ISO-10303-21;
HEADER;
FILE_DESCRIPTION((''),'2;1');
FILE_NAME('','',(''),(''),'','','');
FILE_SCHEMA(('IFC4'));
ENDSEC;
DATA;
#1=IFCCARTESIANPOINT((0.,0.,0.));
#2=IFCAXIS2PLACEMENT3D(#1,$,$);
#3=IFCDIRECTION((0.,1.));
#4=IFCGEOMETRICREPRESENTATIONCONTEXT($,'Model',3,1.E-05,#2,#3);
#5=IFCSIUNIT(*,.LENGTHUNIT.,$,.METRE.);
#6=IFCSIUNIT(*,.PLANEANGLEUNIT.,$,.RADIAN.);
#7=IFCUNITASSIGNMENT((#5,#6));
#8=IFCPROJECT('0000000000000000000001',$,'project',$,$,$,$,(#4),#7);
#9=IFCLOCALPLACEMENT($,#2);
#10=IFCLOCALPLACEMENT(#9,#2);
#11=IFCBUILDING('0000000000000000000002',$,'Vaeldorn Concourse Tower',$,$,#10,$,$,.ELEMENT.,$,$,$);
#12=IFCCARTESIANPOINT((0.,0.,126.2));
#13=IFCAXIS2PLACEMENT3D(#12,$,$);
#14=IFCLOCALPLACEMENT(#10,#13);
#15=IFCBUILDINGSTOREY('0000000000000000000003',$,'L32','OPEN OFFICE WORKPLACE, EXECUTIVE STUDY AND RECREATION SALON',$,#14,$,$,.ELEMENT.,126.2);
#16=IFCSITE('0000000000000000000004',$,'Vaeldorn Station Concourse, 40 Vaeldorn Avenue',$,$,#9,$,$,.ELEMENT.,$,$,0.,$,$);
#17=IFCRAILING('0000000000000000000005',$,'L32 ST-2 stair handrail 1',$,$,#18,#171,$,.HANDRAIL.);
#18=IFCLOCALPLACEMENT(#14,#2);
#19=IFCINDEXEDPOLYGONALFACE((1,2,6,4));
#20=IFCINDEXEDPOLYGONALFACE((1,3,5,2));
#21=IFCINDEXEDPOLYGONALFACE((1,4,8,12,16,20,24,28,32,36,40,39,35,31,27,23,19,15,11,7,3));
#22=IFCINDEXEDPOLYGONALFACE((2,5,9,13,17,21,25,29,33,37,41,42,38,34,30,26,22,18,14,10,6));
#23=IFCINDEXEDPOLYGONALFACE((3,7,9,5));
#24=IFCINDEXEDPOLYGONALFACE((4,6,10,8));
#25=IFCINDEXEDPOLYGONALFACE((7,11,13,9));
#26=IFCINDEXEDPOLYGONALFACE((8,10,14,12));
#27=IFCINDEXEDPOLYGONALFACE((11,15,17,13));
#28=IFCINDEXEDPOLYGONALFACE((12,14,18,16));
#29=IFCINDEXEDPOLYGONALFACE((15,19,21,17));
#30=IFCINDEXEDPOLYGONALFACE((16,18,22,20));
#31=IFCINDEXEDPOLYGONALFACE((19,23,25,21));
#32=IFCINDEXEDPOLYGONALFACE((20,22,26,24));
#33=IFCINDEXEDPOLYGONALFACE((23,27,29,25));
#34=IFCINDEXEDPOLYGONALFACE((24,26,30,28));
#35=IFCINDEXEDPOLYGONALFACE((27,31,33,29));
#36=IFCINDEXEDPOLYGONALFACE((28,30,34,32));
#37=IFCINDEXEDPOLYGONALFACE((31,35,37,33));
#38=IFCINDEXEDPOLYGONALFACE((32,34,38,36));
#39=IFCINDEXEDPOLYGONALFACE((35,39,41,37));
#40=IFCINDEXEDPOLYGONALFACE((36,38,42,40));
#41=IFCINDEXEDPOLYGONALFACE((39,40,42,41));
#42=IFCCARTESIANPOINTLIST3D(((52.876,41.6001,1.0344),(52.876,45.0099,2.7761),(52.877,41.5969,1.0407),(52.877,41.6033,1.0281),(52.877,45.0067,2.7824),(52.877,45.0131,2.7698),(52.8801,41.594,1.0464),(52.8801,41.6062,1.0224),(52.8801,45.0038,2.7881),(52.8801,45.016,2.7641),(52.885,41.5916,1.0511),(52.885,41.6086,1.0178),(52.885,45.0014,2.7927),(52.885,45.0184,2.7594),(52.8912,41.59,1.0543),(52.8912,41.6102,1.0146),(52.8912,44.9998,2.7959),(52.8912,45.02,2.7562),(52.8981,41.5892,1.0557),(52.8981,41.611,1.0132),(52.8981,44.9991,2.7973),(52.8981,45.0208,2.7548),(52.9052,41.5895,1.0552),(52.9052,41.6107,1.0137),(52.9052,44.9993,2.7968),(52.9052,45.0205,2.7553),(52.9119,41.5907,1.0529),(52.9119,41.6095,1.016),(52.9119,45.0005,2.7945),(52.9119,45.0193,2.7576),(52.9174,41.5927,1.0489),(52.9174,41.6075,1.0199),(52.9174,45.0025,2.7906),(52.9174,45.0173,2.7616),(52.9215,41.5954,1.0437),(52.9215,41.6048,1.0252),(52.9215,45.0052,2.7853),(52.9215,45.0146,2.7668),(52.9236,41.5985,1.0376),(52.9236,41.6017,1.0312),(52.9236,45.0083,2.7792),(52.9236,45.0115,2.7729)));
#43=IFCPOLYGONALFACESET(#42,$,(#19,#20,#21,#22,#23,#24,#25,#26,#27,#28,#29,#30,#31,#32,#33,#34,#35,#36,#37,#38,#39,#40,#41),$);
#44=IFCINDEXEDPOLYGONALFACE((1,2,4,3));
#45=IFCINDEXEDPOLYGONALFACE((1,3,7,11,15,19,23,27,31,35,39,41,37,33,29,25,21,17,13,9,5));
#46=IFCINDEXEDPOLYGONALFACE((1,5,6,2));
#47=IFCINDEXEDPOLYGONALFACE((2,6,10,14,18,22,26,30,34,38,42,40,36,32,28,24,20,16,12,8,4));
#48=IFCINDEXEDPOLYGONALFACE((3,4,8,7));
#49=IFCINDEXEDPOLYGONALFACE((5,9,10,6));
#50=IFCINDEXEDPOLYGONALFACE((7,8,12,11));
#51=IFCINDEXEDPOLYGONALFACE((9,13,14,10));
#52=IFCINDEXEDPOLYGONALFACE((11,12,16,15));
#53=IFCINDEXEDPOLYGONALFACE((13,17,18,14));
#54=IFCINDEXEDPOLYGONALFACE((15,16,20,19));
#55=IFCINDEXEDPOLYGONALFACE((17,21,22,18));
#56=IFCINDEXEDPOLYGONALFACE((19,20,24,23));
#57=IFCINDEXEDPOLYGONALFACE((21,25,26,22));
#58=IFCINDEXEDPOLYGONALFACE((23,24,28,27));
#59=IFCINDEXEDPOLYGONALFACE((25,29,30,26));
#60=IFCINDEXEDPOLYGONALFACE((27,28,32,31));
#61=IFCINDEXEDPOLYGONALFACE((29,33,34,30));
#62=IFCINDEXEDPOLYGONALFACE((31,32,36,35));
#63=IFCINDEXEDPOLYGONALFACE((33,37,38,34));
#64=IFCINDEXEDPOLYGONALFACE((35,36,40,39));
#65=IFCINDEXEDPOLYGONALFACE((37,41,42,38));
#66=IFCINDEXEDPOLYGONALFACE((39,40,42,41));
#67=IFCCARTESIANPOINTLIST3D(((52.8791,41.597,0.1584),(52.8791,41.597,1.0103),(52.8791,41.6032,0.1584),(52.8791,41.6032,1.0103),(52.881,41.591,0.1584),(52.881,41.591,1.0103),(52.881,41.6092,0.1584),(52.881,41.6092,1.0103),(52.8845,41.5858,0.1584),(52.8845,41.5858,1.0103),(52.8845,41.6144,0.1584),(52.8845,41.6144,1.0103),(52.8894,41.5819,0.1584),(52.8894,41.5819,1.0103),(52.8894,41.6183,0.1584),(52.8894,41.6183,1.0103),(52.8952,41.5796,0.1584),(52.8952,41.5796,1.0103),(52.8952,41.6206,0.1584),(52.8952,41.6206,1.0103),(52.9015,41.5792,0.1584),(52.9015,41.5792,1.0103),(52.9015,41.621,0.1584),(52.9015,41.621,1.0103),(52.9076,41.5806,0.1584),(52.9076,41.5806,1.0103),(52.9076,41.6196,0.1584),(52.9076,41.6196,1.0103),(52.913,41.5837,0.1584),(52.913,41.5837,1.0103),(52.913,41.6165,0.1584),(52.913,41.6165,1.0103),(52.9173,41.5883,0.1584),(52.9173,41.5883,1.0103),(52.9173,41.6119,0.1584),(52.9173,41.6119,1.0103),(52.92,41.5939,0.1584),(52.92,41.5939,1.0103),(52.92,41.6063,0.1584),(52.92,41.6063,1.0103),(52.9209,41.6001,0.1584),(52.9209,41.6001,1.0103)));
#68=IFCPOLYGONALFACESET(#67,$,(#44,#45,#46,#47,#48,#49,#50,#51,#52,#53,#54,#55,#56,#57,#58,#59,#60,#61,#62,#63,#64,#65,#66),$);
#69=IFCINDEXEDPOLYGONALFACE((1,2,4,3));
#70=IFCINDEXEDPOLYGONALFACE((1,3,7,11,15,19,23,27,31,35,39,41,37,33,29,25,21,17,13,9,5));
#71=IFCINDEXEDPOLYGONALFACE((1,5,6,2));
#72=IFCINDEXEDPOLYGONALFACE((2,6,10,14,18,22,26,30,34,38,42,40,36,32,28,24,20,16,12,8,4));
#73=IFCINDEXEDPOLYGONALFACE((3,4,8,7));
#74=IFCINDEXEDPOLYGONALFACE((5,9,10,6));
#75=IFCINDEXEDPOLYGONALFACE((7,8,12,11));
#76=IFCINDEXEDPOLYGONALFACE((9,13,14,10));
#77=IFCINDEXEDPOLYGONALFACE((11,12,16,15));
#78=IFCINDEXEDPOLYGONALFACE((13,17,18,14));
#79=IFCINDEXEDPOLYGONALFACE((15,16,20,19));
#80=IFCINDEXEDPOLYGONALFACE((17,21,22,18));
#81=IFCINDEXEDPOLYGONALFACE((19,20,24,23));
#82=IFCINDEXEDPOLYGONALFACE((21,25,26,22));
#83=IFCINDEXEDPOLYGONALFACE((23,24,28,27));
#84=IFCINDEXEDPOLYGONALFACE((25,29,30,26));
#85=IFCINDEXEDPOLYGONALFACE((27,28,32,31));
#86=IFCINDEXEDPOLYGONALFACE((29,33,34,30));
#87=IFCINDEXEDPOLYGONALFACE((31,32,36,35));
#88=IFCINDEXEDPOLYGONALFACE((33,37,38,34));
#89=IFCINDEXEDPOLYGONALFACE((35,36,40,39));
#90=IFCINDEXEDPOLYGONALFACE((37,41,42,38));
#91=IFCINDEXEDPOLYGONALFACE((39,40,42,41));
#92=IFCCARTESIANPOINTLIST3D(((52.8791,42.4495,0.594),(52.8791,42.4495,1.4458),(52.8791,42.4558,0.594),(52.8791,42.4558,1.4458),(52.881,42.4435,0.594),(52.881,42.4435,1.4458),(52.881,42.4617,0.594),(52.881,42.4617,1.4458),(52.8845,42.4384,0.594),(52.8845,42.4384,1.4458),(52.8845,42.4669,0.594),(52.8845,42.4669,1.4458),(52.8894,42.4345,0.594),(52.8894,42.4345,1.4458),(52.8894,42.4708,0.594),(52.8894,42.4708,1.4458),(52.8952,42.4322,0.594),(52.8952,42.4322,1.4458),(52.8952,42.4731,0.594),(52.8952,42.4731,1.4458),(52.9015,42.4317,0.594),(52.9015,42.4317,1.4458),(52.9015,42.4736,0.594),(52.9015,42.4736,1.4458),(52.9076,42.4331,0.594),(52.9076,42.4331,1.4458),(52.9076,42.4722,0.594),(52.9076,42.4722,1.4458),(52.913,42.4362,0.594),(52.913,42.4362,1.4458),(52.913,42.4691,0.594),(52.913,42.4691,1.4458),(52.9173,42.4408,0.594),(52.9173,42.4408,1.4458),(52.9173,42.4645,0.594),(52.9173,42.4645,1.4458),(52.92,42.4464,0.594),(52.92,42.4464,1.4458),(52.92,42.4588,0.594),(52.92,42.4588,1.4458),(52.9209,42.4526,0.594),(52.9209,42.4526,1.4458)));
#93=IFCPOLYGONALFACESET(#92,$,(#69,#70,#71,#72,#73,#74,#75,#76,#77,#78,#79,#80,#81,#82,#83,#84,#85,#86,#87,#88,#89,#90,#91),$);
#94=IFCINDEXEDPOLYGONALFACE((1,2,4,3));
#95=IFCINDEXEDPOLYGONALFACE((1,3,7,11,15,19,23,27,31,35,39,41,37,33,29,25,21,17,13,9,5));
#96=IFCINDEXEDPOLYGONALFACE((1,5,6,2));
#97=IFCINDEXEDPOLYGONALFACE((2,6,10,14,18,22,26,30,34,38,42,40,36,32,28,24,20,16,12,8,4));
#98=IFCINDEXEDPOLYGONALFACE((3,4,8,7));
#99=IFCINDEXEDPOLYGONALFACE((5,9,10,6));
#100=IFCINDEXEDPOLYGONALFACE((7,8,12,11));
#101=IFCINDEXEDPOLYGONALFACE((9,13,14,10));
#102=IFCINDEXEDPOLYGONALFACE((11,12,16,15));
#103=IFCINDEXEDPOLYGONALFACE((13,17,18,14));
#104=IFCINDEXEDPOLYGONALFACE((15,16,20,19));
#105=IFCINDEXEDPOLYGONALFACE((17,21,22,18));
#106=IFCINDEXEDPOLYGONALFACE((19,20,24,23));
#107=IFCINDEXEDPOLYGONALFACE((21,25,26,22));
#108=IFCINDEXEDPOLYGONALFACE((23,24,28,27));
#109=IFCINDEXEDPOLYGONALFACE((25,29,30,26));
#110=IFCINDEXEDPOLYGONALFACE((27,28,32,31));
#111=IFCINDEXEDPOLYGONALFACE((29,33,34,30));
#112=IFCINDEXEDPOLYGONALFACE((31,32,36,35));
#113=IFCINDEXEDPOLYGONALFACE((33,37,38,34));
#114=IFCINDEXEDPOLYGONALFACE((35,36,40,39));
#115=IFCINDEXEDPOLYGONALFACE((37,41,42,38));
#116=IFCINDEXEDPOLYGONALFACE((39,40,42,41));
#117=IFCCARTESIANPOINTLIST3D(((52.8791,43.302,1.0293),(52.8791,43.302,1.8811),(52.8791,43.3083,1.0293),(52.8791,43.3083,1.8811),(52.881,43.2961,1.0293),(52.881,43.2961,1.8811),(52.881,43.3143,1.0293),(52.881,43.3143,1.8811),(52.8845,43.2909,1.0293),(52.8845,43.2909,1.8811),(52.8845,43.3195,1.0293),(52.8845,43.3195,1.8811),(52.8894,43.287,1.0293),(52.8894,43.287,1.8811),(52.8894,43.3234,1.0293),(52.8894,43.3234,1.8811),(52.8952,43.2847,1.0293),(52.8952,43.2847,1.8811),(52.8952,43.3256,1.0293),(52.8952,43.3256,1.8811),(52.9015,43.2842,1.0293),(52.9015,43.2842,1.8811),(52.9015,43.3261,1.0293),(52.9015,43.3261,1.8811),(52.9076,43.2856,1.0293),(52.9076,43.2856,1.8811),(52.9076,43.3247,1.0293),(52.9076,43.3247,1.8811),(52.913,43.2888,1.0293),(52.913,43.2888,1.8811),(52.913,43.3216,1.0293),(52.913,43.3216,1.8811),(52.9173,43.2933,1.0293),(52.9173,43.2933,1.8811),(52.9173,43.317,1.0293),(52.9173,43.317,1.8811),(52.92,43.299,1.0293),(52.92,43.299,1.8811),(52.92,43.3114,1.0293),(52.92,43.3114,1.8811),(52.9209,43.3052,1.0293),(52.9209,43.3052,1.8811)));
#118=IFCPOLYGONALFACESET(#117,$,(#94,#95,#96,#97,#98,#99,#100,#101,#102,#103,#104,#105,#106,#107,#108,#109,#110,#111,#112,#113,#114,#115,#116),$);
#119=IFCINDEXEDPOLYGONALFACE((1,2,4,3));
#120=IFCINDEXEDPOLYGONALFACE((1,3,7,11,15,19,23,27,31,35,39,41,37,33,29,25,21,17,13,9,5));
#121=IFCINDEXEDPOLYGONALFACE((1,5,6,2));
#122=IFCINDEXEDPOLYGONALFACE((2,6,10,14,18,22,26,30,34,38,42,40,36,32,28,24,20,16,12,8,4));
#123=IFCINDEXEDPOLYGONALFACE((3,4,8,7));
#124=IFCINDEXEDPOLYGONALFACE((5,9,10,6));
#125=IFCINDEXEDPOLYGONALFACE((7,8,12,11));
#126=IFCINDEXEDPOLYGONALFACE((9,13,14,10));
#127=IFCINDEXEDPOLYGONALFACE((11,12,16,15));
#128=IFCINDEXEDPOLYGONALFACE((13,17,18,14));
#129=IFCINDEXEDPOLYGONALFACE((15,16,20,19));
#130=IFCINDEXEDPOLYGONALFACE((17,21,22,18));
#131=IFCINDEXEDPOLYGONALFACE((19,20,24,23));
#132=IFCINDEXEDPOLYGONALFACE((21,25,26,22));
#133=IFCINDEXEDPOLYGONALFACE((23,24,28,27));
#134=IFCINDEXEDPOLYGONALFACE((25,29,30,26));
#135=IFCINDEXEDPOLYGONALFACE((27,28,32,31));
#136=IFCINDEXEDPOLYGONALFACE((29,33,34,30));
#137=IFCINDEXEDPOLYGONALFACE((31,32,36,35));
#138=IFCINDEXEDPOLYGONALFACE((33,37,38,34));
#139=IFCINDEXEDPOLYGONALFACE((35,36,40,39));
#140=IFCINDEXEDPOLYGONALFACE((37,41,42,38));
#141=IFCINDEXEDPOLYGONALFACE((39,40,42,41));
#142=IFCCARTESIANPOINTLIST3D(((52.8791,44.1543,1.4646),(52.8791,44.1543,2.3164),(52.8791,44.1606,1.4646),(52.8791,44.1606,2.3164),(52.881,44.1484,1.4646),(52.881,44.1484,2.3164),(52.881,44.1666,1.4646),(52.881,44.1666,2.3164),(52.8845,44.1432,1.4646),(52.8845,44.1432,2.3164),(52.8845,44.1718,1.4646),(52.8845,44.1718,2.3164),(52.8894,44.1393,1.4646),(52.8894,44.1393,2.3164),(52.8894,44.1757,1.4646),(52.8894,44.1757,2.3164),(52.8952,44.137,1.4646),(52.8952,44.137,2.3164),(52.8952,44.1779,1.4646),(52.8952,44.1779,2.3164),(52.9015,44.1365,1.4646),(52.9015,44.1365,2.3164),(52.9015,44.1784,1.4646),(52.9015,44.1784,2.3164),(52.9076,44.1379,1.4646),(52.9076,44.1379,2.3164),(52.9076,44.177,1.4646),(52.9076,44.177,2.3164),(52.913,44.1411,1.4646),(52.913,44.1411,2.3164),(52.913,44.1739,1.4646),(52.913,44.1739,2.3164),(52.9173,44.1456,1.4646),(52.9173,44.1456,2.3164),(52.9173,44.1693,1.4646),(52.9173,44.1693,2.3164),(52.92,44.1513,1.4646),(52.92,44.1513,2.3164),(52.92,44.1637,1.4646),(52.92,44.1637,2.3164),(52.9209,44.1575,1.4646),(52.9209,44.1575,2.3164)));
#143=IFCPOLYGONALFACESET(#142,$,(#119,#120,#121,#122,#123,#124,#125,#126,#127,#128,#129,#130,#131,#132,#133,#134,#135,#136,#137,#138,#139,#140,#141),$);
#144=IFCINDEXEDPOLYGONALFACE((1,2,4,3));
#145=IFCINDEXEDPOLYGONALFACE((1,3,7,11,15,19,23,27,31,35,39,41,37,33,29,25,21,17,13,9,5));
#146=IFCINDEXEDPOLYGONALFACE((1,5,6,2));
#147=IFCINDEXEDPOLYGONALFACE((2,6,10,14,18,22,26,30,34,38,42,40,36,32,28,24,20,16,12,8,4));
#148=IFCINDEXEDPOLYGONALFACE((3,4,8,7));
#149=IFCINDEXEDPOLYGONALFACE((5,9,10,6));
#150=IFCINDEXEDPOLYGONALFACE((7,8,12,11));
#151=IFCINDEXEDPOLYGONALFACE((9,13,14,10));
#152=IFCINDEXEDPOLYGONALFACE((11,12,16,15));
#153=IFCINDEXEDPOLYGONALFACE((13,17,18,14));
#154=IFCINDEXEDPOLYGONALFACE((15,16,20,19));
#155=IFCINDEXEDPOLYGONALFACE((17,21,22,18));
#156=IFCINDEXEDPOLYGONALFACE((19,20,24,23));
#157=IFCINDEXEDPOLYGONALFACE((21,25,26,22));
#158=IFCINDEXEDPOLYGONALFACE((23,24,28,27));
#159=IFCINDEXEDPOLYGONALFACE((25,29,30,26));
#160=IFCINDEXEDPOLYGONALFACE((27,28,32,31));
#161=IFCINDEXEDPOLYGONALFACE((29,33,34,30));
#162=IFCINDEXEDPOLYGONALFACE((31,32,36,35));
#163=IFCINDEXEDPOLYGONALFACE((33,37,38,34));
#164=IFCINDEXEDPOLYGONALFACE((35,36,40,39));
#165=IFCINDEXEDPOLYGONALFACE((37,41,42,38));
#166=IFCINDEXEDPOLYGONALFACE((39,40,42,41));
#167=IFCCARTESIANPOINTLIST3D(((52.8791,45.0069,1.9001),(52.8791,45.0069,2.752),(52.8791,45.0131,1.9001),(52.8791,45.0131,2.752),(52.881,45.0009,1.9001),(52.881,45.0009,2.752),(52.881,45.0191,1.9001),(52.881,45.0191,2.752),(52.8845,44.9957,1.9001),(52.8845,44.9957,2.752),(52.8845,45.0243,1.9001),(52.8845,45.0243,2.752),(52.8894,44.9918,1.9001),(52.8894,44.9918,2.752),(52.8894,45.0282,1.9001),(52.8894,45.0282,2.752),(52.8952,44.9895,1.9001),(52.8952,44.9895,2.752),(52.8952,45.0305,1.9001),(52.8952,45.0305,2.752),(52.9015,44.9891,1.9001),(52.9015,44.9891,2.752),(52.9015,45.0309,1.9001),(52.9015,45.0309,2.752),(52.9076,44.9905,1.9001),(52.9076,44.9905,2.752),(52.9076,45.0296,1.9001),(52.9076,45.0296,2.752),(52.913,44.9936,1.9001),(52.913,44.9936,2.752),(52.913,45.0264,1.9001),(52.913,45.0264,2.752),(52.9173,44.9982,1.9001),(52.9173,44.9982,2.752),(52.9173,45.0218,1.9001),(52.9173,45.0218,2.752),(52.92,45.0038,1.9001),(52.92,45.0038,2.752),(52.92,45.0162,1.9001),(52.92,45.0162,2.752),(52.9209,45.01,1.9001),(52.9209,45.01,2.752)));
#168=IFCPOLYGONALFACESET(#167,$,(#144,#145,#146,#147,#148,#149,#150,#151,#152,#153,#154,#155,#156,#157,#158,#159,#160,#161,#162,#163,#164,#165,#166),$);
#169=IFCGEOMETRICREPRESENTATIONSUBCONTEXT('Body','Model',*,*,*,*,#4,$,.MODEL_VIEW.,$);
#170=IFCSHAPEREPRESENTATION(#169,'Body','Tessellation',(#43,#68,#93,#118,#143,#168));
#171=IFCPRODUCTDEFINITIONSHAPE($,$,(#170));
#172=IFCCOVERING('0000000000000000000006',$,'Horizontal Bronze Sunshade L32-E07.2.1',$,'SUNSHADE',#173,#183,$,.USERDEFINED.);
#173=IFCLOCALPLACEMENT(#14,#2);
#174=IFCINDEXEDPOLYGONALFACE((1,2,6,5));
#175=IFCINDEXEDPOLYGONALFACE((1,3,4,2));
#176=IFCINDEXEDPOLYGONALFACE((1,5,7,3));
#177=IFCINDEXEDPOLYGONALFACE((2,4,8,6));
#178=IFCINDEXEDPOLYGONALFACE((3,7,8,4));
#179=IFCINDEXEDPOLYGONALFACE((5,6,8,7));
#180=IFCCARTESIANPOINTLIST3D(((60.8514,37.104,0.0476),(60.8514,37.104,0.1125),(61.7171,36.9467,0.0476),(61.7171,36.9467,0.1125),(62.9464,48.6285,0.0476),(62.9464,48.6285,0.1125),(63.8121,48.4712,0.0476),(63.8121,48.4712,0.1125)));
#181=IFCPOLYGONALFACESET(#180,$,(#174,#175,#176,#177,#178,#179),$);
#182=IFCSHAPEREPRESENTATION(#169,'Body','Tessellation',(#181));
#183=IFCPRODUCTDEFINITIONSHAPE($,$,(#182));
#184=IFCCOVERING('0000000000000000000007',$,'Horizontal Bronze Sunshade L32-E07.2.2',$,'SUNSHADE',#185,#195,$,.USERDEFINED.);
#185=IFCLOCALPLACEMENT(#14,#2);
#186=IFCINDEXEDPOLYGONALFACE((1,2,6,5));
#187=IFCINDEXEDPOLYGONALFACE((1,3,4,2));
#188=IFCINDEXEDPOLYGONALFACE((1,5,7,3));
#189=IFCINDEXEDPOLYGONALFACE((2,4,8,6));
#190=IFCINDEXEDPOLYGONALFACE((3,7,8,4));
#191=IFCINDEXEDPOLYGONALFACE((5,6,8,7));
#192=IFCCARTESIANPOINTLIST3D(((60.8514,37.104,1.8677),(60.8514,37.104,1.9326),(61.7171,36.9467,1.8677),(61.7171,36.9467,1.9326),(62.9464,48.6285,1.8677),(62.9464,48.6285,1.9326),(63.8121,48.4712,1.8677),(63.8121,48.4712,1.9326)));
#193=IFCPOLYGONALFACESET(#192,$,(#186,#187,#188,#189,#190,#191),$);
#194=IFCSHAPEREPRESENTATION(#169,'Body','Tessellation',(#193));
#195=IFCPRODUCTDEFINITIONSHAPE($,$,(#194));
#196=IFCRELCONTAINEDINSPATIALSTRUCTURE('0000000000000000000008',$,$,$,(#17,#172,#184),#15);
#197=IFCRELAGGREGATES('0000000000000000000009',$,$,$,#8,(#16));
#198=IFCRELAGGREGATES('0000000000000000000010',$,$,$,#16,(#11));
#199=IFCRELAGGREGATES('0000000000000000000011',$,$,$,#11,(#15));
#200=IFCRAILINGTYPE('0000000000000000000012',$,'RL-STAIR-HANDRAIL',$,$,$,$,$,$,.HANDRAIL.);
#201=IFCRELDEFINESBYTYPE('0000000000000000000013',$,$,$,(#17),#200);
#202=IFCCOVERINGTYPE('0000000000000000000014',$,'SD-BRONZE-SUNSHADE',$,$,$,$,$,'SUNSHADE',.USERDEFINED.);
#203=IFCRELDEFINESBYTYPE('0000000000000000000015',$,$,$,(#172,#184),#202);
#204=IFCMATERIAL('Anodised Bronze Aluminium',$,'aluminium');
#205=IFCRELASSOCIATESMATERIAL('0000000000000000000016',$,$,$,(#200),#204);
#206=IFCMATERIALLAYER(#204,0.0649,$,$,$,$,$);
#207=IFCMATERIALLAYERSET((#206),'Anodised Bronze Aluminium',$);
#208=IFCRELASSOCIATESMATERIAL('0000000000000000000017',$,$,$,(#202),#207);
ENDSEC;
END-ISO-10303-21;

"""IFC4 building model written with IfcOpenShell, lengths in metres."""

from ifc_helpers import new_model, si_unit, direction, frame, origin, origin_2d, place, context, subcontext, project, spatial, rectangle, circle, extrude, source, transform, mapped, material, layer, layer_set, type_object, element, save


model = new_model("IFC4")

# Units and contexts
model_context = context("Model", 3, precision=1e-05, world=origin(), true_north=direction((0.0, 1.0)))
body_context = subcontext(model_context, "Body", "Model", "MODEL_VIEW")
ifc_project = project(units=[si_unit("LENGTHUNIT", "METRE"), si_unit("PLANEANGLEUNIT", "RADIAN")], contexts=[model_context])

# Site, building, storey
site_placement = place(None, origin())
site = spatial("IfcSite", under=ifc_project, at=site_placement, Name="Vaeldorn Station Concourse, 40 Vaeldorn Avenue", CompositionType="ELEMENT", RefElevation=0.0)
building_placement = place(site_placement, origin())
building = spatial("IfcBuilding", under=site, at=building_placement, Name="Vaeldorn Concourse Tower", CompositionType="ELEMENT")
storey_placement = place(building_placement, frame((0.0, 0.0, 126.2)))
storey = spatial("IfcBuildingStorey", under=building, at=storey_placement, Name="L32", Description="OPEN OFFICE WORKPLACE, EXECUTIVE STUDY AND RECREATION SALON", CompositionType="ELEMENT", Elevation=126.2)

# Shared definitions
ifc_material_1 = material(Name="Anodised Bronze Aluminium", Category="aluminium")

# Railing
railing_type_1 = type_object("IfcRailingType", Name="RL-STAIR-HANDRAIL", PredefinedType="HANDRAIL", material=ifc_material_1)
railing_1_placement = place(storey_placement, frame((52.8999, 41.6001, 0.1584)))
element("IfcRailing", 1, at=railing_1_placement, inside=storey, type_object=railing_type_1, Name="L32 ST-2 stair handrail 1", PredefinedType="HANDRAIL", context=body_context, shape_type="SweptSolid", body=[
    extrude(circle(Radius=0.0239, at=origin_2d()), frame((0.0, 0.0, 0.876), z_axis=(0.0, 0.890556, 0.454874), x_axis=(-1.0, 0.0, 0.0)), (0.0, 0.0, 1.0), 3.8289),
    extrude(circle(Radius=0.021, at=origin_2d()), origin(), (0.0, 0.0, 1.0), 0.8518),
    extrude(circle(Radius=0.021, at=origin_2d()), frame((0.0, 0.8525, 0.4355)), (0.0, 0.0, 1.0), 0.8518),
    extrude(circle(Radius=0.021, at=origin_2d()), frame((0.0, 1.7051, 0.8708)), (0.0, 0.0, 1.0), 0.8518),
    extrude(circle(Radius=0.021, at=origin_2d()), frame((0.0, 2.5574, 1.3062)), (0.0, 0.0, 1.0), 0.8518),
    extrude(circle(Radius=0.021, at=origin_2d()), frame((0.0, 3.4099, 1.7417)), (0.0, 0.0, 1.0), 0.8518),
])

# Coverings
ifc_layer_1 = layer(ifc_material_1, 0.0649)
ifc_layer_set_1 = layer_set([ifc_layer_1], Name="Anodised Bronze Aluminium")
covering_type = type_object("IfcCoveringType", Name="SD-BRONZE-SUNSHADE", ElementType="SUNSHADE", PredefinedType="USERDEFINED", material=ifc_layer_set_1)
shared_shape_1 = source(origin(), body_context, "Body", "SweptSolid", [
    extrude(rectangle(XDim=11.7134, YDim=0.8799, at=origin_2d()), origin(), (0.0, 0.0, 1.0), 0.0649),
])
for number, where, z_axis, x_axis, name in (
    (2, (62.3318, 42.7876, 0.0476), (0.0, 0.0, 1.0), (0.178854, 0.983876, 0.0), "Horizontal Bronze Sunshade L32-E07.2.1"),
    (3, (62.3318, 42.7876, 1.8677), (0.0, 0.0, 1.0), (0.178854, 0.983876, 0.0), "Horizontal Bronze Sunshade L32-E07.2.2"),
):
    element("IfcCovering", number, at=place(storey_placement, frame(where, z_axis=z_axis, x_axis=x_axis)), inside=storey, type_object=covering_type, Name=name, ObjectType="SUNSHADE", PredefinedType="USERDEFINED", context=body_context, shape_type="MappedRepresentation", body=[
        mapped(shared_shape_1, transform((0.0, 0.0, 0.0), scale=1.0)),
    ])

save(model, "model.ifc")
